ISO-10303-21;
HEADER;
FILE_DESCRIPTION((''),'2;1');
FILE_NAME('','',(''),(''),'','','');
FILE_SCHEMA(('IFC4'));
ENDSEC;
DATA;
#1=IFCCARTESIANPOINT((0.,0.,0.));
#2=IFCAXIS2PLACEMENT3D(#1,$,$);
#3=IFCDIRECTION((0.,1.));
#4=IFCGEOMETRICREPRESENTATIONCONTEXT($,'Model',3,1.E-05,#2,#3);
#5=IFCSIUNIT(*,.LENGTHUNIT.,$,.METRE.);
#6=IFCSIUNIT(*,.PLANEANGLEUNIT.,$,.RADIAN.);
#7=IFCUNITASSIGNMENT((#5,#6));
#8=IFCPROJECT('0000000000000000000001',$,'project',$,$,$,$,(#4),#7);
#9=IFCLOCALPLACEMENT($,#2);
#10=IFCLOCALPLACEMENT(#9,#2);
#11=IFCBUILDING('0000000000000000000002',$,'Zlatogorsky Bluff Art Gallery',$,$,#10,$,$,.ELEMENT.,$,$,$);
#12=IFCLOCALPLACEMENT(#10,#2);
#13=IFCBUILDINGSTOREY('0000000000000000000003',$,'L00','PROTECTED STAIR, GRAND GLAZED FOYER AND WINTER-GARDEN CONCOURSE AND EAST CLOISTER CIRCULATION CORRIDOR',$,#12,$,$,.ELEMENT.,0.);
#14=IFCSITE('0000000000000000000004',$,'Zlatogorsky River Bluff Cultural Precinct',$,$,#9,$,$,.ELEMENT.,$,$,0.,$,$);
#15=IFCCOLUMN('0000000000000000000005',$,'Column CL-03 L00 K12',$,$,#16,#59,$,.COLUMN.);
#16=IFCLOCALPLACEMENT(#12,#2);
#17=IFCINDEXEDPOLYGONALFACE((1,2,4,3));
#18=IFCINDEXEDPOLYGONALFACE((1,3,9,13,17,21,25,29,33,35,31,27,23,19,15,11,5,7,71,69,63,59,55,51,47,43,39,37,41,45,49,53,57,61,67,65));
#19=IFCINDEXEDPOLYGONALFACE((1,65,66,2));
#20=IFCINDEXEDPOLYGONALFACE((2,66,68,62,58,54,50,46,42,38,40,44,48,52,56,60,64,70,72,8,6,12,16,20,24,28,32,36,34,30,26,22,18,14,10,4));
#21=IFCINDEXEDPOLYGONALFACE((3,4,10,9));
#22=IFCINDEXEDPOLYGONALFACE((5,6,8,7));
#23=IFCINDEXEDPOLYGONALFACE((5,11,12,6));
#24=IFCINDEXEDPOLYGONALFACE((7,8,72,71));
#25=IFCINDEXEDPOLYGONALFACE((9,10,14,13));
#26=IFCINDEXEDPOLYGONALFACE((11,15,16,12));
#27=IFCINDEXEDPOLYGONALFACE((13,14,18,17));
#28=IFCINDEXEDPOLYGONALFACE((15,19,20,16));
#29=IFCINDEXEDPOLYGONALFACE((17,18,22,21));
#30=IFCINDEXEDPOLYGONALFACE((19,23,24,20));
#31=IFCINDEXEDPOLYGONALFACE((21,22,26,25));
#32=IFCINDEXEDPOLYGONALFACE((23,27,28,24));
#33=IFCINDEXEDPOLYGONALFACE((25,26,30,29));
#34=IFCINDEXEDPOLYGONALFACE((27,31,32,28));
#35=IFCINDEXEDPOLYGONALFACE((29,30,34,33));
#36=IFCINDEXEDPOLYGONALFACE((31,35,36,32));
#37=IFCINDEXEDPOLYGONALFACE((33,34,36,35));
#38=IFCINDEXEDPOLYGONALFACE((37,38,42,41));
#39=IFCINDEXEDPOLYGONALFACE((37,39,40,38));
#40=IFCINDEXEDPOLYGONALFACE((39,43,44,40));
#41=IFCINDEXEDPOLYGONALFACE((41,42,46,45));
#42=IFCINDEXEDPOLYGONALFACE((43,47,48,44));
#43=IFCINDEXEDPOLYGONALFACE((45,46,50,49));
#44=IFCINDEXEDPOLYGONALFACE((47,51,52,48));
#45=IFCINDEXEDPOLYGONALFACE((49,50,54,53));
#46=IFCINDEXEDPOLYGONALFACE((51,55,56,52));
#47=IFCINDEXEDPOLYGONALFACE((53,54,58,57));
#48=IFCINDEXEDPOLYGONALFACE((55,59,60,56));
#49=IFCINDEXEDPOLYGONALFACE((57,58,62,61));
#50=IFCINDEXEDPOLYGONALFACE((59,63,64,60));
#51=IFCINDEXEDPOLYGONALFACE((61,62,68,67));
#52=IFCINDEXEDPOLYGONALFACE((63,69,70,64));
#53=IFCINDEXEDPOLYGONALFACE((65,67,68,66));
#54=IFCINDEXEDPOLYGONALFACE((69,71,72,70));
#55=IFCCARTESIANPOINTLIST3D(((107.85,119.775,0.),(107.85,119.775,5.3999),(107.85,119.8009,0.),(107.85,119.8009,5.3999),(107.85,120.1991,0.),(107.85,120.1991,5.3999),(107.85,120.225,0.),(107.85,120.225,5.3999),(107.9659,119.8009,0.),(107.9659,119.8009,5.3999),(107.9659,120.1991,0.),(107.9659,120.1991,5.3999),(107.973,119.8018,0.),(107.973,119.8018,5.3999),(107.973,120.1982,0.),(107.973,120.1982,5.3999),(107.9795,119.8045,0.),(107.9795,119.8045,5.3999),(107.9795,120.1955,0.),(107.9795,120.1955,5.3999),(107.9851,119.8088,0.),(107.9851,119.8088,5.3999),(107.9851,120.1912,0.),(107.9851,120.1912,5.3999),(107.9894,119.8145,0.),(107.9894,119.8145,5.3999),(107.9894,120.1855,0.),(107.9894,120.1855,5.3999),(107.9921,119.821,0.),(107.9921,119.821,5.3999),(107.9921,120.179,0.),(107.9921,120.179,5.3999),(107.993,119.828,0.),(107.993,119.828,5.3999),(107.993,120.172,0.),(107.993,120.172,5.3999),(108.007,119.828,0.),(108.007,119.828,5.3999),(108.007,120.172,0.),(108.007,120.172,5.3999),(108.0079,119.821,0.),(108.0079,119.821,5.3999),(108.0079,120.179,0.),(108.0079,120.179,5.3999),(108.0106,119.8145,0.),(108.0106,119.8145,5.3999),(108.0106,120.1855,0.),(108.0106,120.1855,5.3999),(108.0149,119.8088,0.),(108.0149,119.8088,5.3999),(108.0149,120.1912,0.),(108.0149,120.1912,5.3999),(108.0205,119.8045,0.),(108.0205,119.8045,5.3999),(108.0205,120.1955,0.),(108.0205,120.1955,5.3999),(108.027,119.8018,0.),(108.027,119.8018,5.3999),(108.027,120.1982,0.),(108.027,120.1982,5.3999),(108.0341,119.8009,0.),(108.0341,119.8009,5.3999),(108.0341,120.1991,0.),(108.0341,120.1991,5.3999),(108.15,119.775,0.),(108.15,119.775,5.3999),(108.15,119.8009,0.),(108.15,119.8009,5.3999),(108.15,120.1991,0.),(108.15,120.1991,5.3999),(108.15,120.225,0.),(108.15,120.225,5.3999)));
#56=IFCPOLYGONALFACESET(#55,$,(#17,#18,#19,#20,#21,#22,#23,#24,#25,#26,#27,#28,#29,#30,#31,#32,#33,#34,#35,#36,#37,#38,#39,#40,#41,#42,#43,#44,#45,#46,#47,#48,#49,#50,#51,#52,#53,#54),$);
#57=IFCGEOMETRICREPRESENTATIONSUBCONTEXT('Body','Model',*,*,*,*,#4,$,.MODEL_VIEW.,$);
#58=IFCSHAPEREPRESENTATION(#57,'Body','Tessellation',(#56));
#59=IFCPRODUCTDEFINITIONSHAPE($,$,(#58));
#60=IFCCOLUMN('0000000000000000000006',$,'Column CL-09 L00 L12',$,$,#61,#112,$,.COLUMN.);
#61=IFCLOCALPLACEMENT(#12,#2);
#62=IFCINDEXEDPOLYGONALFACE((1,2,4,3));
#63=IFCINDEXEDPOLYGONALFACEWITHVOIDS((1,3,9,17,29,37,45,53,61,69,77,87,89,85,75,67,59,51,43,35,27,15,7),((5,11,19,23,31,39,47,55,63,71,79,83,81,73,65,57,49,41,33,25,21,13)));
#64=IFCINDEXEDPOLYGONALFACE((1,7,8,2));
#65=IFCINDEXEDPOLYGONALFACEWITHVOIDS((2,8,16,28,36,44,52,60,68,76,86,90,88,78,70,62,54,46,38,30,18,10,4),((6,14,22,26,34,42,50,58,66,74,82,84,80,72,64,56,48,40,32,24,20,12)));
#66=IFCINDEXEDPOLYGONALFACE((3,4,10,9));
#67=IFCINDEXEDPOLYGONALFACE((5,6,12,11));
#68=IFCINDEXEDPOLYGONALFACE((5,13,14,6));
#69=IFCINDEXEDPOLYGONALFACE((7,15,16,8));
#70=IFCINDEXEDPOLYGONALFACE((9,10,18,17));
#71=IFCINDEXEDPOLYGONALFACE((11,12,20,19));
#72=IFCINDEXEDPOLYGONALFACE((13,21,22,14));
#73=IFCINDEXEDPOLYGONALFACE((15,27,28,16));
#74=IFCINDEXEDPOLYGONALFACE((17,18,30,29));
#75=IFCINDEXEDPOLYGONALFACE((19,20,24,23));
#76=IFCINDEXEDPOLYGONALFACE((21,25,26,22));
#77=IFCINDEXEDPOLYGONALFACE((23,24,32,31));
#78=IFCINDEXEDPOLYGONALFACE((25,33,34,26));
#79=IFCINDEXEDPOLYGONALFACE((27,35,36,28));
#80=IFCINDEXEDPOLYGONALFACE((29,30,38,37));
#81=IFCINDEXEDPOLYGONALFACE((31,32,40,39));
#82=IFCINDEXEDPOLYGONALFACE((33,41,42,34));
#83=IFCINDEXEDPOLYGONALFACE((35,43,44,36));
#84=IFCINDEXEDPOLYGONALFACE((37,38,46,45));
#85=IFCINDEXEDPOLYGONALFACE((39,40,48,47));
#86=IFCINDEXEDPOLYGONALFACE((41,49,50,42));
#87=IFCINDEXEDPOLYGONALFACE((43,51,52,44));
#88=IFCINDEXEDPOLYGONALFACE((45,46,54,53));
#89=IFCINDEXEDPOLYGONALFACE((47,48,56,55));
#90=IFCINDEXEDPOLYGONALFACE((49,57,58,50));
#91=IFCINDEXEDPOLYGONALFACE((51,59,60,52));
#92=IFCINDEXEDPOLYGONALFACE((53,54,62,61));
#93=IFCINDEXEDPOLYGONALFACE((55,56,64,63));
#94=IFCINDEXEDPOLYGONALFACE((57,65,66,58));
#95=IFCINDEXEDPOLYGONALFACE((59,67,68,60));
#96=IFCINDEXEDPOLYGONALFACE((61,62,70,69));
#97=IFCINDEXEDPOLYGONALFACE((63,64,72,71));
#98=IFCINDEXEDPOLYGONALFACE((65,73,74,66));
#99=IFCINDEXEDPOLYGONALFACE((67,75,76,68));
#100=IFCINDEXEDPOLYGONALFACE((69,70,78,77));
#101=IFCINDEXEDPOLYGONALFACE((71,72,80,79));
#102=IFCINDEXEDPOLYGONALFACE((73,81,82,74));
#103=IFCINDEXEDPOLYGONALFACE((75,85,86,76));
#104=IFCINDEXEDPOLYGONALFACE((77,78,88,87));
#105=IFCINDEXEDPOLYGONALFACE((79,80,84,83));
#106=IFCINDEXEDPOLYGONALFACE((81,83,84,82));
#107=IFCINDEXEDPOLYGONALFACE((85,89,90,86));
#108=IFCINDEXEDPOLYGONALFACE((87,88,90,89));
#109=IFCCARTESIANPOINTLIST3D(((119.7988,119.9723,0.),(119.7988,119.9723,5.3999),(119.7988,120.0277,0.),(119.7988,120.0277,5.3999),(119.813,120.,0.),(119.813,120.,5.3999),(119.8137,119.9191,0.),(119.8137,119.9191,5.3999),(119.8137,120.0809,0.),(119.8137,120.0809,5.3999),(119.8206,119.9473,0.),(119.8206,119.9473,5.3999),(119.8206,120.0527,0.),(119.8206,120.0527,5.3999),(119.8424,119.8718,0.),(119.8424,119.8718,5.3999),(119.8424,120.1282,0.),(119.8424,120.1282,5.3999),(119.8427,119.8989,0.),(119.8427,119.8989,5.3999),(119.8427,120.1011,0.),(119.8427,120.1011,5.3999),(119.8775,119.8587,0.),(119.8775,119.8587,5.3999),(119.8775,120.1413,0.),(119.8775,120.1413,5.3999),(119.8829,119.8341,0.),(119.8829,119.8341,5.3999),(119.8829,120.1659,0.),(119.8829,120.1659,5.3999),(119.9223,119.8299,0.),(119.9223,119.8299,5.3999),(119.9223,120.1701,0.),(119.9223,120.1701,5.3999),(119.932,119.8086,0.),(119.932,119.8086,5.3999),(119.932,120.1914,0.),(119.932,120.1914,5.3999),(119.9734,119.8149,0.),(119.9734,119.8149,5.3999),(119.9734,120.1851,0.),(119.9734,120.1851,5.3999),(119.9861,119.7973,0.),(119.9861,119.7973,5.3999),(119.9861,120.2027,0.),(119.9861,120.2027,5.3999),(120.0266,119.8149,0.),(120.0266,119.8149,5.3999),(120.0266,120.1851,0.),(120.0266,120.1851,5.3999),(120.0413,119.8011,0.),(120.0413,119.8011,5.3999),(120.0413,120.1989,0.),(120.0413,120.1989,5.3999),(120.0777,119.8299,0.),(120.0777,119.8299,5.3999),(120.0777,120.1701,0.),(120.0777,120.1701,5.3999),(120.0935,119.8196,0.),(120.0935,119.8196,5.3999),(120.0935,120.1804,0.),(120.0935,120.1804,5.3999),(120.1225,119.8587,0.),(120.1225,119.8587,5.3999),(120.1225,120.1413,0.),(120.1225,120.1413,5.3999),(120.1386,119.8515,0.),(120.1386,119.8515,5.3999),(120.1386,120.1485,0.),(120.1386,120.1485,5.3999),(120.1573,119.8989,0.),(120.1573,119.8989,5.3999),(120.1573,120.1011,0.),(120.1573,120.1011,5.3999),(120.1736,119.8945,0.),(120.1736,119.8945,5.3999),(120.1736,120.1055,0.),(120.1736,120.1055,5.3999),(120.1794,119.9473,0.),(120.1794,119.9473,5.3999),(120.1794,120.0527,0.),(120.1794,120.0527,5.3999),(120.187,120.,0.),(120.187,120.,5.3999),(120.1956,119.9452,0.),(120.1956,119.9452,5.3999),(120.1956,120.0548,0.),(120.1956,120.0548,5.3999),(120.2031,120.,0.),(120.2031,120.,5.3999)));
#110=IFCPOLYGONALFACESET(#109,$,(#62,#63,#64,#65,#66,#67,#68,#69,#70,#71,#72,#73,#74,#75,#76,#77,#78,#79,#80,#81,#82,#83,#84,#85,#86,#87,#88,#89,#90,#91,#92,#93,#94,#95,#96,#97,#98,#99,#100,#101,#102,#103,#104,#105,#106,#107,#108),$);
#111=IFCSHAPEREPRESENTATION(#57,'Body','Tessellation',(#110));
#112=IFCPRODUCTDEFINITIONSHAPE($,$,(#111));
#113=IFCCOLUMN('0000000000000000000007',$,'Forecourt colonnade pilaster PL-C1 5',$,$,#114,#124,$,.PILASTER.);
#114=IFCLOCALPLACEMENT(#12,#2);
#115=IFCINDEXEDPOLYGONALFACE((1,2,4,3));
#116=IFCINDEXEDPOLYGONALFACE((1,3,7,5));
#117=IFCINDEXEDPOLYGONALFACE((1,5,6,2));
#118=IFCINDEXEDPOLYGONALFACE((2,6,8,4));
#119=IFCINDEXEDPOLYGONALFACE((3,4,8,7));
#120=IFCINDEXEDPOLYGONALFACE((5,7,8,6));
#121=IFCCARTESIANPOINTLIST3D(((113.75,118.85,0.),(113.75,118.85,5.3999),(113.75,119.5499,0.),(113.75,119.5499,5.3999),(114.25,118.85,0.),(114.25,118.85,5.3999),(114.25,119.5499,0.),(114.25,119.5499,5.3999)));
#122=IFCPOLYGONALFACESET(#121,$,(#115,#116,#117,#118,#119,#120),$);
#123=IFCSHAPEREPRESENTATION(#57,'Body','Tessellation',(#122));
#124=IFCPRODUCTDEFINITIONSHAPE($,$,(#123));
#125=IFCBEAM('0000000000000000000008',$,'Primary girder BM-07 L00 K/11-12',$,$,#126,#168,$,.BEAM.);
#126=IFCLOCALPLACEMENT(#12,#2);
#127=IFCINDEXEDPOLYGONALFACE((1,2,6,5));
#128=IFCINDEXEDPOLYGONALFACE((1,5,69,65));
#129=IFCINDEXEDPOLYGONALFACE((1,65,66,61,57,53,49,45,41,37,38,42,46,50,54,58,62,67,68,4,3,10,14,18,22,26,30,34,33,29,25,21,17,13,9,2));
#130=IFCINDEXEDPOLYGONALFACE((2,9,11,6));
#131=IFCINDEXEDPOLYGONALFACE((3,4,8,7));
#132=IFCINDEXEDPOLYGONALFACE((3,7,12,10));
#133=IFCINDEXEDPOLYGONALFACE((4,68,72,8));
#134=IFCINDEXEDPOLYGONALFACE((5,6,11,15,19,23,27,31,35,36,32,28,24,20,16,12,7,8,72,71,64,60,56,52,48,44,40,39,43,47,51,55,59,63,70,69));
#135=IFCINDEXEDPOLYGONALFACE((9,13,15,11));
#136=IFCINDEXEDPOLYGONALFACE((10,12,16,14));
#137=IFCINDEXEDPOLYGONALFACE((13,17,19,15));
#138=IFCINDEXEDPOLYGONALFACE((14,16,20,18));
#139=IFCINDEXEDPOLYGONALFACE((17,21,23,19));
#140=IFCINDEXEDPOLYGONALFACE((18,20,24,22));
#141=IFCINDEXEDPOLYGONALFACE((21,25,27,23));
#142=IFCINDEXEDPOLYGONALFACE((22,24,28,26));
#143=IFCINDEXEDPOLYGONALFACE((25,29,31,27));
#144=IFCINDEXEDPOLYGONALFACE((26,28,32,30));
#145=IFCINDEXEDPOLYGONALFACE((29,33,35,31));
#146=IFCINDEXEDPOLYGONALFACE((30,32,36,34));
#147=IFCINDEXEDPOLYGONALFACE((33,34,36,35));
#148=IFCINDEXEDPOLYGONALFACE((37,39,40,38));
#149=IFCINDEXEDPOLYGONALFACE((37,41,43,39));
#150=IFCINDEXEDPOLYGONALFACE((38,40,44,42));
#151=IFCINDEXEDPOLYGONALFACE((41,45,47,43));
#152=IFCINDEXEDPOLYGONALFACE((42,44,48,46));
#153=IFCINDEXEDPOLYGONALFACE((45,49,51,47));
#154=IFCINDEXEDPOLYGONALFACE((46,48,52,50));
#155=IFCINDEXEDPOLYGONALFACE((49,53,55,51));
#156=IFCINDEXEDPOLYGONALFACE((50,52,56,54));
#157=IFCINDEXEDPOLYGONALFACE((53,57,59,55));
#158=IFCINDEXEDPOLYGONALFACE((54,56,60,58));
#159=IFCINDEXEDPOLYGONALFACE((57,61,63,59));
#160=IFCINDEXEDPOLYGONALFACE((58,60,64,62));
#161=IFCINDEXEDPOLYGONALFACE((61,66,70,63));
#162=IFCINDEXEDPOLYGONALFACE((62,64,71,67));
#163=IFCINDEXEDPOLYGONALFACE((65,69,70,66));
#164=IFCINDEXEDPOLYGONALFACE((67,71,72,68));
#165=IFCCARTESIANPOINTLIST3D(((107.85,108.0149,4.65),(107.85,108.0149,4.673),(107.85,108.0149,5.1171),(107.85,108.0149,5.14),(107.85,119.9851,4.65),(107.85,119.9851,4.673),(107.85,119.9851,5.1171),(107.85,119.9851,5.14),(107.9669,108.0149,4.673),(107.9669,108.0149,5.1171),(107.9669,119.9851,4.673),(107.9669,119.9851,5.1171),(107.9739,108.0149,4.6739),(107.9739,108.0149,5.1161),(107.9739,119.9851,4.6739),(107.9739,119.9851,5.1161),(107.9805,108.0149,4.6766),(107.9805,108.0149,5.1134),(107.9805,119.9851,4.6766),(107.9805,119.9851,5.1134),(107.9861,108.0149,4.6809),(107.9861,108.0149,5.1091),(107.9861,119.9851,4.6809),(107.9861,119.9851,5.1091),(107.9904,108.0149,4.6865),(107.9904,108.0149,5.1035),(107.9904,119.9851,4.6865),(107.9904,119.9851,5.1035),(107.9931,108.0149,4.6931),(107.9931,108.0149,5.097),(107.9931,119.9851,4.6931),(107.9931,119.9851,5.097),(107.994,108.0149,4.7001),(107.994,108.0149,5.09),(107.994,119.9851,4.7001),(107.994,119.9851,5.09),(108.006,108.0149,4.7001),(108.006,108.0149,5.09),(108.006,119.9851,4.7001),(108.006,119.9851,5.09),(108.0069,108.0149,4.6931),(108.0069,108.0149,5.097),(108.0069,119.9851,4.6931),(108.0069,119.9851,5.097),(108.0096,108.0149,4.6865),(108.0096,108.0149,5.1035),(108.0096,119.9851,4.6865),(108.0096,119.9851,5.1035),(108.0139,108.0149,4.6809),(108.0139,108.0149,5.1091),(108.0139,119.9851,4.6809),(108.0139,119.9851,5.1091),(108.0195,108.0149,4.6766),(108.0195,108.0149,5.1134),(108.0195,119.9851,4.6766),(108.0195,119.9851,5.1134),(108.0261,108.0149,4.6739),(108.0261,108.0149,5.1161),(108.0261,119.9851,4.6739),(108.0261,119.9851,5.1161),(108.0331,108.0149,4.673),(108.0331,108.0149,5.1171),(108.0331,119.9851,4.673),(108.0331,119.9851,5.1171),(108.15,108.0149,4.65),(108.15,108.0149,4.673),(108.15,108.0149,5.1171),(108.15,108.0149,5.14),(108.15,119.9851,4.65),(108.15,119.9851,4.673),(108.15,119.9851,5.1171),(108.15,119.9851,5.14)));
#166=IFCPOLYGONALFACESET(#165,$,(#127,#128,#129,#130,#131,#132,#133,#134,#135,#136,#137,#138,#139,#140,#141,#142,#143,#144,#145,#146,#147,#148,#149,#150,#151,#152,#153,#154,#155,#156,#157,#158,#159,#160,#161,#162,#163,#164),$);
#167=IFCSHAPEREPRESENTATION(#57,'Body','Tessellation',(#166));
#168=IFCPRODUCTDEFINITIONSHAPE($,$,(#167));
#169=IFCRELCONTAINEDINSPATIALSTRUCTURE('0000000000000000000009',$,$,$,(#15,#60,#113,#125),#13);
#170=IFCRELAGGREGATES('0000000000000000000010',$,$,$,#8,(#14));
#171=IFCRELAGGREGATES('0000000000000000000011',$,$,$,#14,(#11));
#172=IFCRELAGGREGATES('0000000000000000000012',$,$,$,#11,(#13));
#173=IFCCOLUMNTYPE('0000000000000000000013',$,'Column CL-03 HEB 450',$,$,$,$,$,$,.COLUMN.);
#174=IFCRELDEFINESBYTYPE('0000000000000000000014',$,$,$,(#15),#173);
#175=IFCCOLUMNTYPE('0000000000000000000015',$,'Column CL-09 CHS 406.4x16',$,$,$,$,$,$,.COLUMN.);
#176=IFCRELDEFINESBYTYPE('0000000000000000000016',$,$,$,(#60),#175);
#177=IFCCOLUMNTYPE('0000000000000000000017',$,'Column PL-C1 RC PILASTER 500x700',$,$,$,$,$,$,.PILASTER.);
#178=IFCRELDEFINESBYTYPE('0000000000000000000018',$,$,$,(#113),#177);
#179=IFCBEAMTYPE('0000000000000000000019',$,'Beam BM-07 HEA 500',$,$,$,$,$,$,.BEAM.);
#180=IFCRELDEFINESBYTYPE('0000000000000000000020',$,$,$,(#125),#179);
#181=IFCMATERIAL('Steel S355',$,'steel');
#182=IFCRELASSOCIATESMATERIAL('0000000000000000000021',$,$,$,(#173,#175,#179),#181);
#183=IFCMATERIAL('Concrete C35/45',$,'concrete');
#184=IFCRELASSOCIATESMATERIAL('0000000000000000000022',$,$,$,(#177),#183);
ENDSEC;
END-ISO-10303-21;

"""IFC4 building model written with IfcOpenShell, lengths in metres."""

from ifc_helpers import new_model, si_unit, direction, frame, origin, origin_2d, place, context, subcontext, project, spatial, rectangle, hollow_circle, i_section, extrude, material, material_profile, profile_set, type_object, element, save


model = new_model("IFC4")

# Units and contexts
model_context = context("Model", 3, precision=1e-05, world=origin(), true_north=direction((0.0, 1.0)))
body_context = subcontext(model_context, "Body", "Model", "MODEL_VIEW")
ifc_project = project(units=[si_unit("LENGTHUNIT", "METRE"), si_unit("PLANEANGLEUNIT", "RADIAN")], contexts=[model_context])

# Site, building, storey
site_placement = place(None, origin())
site = spatial("IfcSite", under=ifc_project, at=site_placement, Name="Zlatogorsky River Bluff Cultural Precinct", CompositionType="ELEMENT", RefElevation=0.0)
building_placement = place(site_placement, origin())
building = spatial("IfcBuilding", under=site, at=building_placement, Name="Zlatogorsky Bluff Art Gallery", CompositionType="ELEMENT")
storey_placement = place(building_placement, origin())
storey = spatial("IfcBuildingStorey", under=building, at=storey_placement, Name="L00", Description="PROTECTED STAIR, GRAND GLAZED FOYER AND WINTER-GARDEN CONCOURSE AND EAST CLOISTER CIRCULATION CORRIDOR", CompositionType="ELEMENT", Elevation=0.0)

# Columns
ifc_material_1 = material(Name="Steel S355", Category="steel")
ifc_material_profile_1 = material_profile(ifc_material_1, i_section(OverallWidth=0.3, OverallDepth=0.45, WebThickness=0.0139, FlangeThickness=0.0259, FilletRadius=0.0271, at=origin_2d()), Name="HEB 450")
ifc_profile_set_1 = profile_set([ifc_material_profile_1], Name="Steel S355")
column_type_1 = type_object("IfcColumnType", Name="Column CL-03 HEB 450", PredefinedType="COLUMN", material=ifc_profile_set_1)
column_1_placement = place(storey_placement, frame((108.0, 120.0, 0.0), z_axis=(0.0, 0.0, 1.0), x_axis=(1.0, 0.0, 0.0)))
element("IfcColumn", 1, at=column_1_placement, inside=storey, type_object=column_type_1, Name="Column CL-03 L00 K12", PredefinedType="COLUMN", context=body_context, shape_type="SweptSolid", body=[
    extrude(i_section(OverallWidth=0.3, OverallDepth=0.45, WebThickness=0.0139, FlangeThickness=0.0259, FilletRadius=0.0271, at=origin_2d()), origin(), (0.0, 0.0, 1.0), 5.3999),
])
ifc_material_profile_2 = material_profile(ifc_material_1, hollow_circle(Radius=0.2031, WallThickness=0.0161, at=origin_2d()), Name="CHS 406.4x16")
ifc_profile_set_2 = profile_set([ifc_material_profile_2], Name="Steel S355")
column_type_2 = type_object("IfcColumnType", Name="Column CL-09 CHS 406.4x16", PredefinedType="COLUMN", material=ifc_profile_set_2)
column_2_placement = place(storey_placement, frame((120.0, 120.0, 0.0), z_axis=(0.0, 0.0, 1.0), x_axis=(1.0, 0.0, 0.0)))
element("IfcColumn", 2, at=column_2_placement, inside=storey, type_object=column_type_2, Name="Column CL-09 L00 L12", PredefinedType="COLUMN", context=body_context, shape_type="SweptSolid", body=[
    extrude(hollow_circle(Radius=0.2031, WallThickness=0.0161, at=origin_2d()), origin(), (0.0, 0.0, 1.0), 5.3999),
])
ifc_material_2 = material(Name="Concrete C35/45", Category="concrete")
ifc_material_profile_3 = material_profile(ifc_material_2, rectangle(XDim=0.5, YDim=0.7, at=origin_2d()), Name="RC PILASTER 500x700")
ifc_profile_set_3 = profile_set([ifc_material_profile_3], Name="Concrete C35/45")
column_type_3 = type_object("IfcColumnType", Name="Column PL-C1 RC PILASTER 500x700", PredefinedType="PILASTER", material=ifc_profile_set_3)
column_3_placement = place(storey_placement, frame((114.0, 119.2, 0.0), z_axis=(0.0, 0.0, 1.0), x_axis=(1.0, 0.0, 0.0)))
element("IfcColumn", 3, at=column_3_placement, inside=storey, type_object=column_type_3, Name="Forecourt colonnade pilaster PL-C1 5", PredefinedType="PILASTER", context=body_context, shape_type="SweptSolid", body=[
    extrude(rectangle(XDim=0.5, YDim=0.7, at=origin_2d()), origin(), (0.0, 0.0, 1.0), 5.3999),
])

# Beam
ifc_material_profile_4 = material_profile(ifc_material_1, i_section(OverallWidth=0.3, OverallDepth=0.49, WebThickness=0.012, FlangeThickness=0.0229, FilletRadius=0.0271, at=origin_2d()), Name="HEA 500")
ifc_profile_set_4 = profile_set([ifc_material_profile_4], Name="Steel S355")
beam_type_1 = type_object("IfcBeamType", Name="Beam BM-07 HEA 500", PredefinedType="BEAM", material=ifc_profile_set_4)
beam_1_placement = place(storey_placement, frame((108.0, 108.0149, 4.895), z_axis=(0.0, 1.0, 0.0), x_axis=(-1.0, 0.0, 0.0)))
element("IfcBeam", 4, at=beam_1_placement, inside=storey, type_object=beam_type_1, Name="Primary girder BM-07 L00 K/11-12", PredefinedType="BEAM", context=body_context, shape_type="SweptSolid", body=[
    extrude(i_section(OverallWidth=0.3, OverallDepth=0.49, WebThickness=0.012, FlangeThickness=0.0229, FilletRadius=0.0271, at=origin_2d()), origin(), (0.0, 0.0, 1.0), 11.9702),
])

save(model, "model.ifc")
